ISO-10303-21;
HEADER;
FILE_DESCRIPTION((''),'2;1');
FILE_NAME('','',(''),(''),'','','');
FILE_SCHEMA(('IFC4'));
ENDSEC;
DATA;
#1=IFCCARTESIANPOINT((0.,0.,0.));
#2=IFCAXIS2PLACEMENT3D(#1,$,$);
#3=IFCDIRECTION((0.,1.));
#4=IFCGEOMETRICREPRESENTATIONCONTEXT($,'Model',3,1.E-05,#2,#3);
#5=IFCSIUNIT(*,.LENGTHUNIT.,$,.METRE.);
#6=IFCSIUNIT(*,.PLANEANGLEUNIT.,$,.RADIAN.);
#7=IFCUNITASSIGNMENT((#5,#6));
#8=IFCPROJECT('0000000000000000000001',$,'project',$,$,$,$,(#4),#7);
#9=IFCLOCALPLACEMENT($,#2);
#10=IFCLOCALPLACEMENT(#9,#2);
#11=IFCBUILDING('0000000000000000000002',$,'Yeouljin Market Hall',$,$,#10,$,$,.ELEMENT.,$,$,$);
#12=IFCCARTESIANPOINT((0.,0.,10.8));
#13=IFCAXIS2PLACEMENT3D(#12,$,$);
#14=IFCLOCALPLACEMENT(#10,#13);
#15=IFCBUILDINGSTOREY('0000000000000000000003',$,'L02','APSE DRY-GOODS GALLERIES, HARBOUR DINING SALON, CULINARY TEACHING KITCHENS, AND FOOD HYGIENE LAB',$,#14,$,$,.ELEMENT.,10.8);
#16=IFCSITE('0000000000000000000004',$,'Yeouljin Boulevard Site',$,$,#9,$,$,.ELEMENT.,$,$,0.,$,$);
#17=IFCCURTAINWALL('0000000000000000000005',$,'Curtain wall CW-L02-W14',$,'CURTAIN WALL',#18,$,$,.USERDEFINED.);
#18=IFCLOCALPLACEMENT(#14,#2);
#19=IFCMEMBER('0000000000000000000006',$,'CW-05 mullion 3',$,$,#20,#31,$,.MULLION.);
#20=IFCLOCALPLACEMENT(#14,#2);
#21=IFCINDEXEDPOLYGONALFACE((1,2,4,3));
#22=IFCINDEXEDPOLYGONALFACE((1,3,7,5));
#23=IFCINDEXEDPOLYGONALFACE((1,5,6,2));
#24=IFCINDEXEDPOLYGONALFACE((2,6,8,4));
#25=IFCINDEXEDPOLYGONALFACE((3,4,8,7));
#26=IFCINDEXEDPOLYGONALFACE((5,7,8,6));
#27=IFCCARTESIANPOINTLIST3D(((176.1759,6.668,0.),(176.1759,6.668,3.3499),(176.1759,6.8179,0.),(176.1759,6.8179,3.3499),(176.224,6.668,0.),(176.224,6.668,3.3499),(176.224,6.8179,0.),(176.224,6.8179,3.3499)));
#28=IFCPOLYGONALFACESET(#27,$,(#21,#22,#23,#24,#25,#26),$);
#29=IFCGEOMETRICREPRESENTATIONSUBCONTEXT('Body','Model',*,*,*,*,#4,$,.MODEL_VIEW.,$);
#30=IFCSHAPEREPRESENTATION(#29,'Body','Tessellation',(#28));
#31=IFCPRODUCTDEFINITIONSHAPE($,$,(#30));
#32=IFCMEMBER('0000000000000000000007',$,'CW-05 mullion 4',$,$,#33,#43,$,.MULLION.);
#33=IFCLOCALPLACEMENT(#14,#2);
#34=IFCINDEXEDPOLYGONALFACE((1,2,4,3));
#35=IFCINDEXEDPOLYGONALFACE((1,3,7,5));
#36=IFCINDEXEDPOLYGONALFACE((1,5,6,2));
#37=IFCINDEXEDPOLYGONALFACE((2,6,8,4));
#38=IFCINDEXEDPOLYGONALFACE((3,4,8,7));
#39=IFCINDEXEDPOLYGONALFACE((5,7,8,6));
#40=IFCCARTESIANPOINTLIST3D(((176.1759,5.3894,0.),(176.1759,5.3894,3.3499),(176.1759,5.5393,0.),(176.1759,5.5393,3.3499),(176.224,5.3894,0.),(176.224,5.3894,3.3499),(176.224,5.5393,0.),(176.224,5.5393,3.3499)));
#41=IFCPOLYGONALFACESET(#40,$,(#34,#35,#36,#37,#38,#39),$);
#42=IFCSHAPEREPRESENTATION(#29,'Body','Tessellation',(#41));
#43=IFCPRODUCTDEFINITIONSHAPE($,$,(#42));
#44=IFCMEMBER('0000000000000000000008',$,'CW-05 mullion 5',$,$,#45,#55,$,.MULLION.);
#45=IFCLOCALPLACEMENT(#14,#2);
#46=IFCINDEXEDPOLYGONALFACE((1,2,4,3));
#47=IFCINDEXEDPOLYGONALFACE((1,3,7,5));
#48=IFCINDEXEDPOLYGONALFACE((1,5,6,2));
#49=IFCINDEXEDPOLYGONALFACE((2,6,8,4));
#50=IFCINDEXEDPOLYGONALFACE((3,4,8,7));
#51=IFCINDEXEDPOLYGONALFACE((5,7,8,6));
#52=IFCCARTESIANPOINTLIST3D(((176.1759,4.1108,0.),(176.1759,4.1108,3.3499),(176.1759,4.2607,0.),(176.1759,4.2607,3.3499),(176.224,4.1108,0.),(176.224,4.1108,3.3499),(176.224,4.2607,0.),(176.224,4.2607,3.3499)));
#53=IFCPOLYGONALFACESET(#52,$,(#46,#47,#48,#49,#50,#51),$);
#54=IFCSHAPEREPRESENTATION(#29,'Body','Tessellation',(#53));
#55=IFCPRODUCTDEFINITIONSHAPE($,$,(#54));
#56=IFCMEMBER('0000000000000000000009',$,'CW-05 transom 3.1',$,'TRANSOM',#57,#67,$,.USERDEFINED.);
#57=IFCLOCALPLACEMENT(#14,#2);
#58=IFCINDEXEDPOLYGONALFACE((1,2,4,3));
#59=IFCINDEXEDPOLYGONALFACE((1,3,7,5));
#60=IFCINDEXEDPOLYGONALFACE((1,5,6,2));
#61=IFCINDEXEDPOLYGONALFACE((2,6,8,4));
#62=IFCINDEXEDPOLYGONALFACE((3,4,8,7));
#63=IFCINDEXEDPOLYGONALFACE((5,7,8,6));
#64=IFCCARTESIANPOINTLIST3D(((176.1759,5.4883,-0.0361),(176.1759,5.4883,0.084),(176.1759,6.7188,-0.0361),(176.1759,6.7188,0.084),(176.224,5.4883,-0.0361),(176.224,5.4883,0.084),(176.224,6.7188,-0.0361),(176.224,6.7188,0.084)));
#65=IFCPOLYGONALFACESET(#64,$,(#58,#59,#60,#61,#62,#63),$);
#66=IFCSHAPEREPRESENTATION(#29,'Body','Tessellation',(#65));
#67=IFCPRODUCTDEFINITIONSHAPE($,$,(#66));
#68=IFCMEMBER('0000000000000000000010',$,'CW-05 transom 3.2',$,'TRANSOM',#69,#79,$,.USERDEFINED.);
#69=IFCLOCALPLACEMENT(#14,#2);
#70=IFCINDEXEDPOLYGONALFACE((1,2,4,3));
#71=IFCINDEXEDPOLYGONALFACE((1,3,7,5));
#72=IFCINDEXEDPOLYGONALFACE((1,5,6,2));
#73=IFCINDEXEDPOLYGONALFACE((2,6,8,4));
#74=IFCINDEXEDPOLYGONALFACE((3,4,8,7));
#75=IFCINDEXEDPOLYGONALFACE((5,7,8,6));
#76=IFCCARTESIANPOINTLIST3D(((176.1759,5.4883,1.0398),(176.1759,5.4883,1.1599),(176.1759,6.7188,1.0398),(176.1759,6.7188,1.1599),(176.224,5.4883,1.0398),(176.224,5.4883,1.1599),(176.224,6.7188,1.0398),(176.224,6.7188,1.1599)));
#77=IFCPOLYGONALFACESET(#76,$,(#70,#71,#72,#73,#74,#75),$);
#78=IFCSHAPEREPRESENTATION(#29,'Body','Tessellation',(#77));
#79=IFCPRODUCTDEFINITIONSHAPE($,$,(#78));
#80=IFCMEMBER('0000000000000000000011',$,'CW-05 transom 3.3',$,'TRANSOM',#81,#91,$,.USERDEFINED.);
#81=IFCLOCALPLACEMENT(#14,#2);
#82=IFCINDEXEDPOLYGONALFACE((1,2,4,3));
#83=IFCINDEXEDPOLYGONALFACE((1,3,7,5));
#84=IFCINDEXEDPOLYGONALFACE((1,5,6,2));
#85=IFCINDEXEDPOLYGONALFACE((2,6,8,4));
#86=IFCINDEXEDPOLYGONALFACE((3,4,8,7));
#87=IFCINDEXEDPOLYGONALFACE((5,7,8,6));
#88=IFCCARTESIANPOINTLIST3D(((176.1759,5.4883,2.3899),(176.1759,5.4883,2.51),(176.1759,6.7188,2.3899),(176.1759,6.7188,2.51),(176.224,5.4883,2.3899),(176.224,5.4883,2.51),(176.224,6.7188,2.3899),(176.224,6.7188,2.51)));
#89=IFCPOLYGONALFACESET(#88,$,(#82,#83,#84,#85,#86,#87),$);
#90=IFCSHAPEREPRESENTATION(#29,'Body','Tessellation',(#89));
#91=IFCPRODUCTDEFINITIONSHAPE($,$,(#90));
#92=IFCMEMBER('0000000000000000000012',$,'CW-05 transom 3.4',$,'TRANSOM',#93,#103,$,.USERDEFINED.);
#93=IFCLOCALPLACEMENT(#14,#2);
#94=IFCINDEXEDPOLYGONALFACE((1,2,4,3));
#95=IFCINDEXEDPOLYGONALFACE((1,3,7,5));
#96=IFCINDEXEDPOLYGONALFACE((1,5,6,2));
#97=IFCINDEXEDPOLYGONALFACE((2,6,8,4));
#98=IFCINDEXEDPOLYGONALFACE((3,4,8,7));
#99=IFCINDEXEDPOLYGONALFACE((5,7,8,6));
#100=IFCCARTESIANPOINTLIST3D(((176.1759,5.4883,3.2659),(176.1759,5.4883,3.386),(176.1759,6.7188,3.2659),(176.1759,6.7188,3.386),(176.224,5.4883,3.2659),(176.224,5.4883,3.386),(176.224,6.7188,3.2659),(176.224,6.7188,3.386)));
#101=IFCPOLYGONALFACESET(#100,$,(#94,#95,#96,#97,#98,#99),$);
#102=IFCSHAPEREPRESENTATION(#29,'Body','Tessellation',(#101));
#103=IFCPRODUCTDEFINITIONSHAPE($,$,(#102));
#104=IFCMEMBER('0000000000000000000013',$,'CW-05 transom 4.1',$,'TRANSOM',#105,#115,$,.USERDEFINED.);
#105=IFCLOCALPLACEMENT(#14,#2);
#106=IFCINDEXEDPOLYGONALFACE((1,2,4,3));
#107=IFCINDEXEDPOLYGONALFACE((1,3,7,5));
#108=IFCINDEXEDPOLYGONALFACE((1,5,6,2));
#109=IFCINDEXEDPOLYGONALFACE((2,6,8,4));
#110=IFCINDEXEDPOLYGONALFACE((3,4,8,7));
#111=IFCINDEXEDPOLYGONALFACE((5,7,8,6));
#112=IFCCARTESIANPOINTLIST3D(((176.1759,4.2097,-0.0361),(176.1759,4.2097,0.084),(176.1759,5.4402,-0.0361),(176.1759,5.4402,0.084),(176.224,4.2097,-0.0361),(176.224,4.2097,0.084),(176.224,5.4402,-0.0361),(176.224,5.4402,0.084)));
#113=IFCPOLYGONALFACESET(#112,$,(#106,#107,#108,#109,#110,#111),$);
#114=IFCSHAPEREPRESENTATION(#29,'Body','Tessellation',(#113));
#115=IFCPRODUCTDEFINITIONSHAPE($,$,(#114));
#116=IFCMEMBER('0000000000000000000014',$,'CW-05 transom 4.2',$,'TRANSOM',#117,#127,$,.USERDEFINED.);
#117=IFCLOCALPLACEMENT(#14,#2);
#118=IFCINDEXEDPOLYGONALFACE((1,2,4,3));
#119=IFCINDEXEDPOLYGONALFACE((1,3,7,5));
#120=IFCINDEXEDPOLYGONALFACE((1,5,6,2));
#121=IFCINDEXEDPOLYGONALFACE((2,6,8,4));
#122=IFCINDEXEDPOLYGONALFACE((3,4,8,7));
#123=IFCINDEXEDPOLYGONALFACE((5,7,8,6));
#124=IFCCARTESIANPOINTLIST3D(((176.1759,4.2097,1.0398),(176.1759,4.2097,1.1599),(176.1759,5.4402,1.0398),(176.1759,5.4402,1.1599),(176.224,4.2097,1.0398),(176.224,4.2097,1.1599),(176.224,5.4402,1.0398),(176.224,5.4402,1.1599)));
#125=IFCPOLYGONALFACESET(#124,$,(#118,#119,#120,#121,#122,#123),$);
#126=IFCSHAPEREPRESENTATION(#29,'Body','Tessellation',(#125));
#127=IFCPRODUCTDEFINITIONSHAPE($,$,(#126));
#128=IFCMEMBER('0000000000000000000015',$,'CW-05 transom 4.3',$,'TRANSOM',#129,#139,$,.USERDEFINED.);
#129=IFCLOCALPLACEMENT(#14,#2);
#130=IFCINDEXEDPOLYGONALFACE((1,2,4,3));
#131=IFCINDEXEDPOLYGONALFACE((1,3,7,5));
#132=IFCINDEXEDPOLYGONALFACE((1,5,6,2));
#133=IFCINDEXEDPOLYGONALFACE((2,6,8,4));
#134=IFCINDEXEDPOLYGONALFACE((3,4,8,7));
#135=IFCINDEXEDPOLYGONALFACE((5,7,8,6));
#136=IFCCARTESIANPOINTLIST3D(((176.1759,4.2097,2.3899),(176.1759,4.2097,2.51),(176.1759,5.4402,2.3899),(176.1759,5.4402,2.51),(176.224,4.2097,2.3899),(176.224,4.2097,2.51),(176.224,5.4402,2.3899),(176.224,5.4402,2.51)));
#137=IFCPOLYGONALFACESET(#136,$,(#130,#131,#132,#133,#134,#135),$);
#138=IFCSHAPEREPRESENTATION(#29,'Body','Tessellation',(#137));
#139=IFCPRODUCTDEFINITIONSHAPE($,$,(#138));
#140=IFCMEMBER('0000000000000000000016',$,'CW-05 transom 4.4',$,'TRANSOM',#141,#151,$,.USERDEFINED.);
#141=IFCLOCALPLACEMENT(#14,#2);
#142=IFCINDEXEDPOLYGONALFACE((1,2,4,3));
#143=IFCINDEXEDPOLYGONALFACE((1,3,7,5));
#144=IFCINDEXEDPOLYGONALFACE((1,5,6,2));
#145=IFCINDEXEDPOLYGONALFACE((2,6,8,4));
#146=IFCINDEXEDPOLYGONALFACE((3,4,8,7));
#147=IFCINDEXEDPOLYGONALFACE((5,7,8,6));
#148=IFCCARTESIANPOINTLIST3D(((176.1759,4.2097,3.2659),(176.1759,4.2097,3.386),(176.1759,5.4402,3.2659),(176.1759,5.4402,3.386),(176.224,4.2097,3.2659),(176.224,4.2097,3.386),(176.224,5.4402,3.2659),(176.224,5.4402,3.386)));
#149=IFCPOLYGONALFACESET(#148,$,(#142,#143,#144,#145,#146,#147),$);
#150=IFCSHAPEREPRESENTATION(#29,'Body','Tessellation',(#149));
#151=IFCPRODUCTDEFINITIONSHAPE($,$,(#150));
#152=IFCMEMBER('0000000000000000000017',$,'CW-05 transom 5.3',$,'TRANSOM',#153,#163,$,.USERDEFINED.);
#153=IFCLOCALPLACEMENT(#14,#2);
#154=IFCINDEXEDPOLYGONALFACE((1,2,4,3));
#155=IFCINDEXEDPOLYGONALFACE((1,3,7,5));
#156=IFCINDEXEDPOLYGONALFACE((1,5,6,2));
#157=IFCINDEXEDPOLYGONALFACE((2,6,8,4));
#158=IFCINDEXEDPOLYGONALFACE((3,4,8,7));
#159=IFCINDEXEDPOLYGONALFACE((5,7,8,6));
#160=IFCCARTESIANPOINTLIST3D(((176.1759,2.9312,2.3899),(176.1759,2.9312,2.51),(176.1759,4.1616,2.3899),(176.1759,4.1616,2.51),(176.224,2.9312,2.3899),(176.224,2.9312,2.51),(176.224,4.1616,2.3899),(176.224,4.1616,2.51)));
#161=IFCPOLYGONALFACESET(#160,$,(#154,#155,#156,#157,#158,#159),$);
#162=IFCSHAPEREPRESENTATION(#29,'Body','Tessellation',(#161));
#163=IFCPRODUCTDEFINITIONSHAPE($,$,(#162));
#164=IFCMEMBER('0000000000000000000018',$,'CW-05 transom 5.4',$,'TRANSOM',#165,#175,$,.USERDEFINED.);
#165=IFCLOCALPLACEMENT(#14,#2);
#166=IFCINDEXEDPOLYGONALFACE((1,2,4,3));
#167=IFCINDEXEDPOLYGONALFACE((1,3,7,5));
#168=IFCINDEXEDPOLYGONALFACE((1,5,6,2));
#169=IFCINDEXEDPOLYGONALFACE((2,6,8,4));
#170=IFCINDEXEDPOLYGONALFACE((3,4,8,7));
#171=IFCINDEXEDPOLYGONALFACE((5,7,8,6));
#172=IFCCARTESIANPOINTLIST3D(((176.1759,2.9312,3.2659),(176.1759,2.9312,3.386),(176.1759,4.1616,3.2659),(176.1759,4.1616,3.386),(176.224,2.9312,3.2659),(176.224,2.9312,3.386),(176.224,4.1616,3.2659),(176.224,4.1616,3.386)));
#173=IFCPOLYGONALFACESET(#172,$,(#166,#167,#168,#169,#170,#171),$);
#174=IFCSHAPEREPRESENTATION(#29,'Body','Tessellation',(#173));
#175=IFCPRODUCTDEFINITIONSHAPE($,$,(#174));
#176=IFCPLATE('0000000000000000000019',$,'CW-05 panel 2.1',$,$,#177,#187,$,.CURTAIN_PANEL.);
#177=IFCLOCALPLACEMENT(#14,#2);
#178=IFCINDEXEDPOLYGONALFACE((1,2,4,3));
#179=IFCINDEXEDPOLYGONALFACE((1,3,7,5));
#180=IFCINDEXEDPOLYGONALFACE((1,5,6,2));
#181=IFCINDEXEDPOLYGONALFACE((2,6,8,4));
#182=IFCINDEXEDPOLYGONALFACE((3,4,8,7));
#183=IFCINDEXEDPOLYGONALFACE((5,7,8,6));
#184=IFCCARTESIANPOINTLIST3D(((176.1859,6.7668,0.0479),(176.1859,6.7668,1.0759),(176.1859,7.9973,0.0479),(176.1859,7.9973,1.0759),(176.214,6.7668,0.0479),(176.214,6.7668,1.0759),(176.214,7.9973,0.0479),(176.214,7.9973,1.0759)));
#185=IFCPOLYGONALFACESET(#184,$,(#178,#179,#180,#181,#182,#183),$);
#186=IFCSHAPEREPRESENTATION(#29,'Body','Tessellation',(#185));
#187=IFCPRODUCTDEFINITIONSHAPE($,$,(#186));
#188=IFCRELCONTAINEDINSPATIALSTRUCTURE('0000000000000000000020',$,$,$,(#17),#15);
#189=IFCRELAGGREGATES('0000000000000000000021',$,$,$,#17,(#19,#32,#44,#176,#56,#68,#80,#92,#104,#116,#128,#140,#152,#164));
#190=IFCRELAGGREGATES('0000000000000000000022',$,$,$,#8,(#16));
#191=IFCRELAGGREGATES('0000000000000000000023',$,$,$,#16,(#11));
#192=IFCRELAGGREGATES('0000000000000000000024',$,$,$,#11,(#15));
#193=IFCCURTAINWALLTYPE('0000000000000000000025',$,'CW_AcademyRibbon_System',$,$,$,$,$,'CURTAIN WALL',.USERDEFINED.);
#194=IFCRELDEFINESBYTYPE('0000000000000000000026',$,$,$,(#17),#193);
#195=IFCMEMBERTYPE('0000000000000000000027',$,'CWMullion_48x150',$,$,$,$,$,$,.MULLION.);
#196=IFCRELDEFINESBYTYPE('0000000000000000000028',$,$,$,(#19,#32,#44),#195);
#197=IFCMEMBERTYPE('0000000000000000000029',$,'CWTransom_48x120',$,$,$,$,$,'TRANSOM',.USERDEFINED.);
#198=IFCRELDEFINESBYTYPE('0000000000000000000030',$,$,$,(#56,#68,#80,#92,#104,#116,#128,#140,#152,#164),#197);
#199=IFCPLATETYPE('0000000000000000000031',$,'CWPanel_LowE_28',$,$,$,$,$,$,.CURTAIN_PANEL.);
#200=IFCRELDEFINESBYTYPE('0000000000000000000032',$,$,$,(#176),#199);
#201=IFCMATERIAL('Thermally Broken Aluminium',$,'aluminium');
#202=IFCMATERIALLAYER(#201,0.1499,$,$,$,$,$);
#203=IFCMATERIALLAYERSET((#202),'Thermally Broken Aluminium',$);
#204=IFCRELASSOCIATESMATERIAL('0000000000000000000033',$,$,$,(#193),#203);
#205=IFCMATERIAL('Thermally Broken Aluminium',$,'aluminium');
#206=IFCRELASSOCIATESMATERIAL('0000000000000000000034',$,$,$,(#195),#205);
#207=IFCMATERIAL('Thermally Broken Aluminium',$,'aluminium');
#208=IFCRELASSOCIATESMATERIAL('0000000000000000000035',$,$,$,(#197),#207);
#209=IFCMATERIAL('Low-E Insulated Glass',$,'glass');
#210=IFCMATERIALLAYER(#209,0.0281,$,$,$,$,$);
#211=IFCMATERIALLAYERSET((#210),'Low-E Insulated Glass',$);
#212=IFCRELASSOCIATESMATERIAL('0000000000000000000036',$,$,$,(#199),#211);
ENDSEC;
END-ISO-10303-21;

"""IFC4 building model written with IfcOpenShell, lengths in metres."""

from ifc_helpers import new_model, si_unit, direction, frame, origin, origin_2d, place, context, subcontext, project, spatial, rectangle, extrude, material, layer, layer_set, material_profile, profile_set, type_object, element, aggregate, save


model = new_model("IFC4")

# Units and contexts
model_context = context("Model", 3, precision=1e-05, world=origin(), true_north=direction((0.0, 1.0)))
body_context = subcontext(model_context, "Body", "Model", "MODEL_VIEW")
ifc_project = project(units=[si_unit("LENGTHUNIT", "METRE"), si_unit("PLANEANGLEUNIT", "RADIAN")], contexts=[model_context])

# Site, building, storey
site_placement = place(None, origin())
site = spatial("IfcSite", under=ifc_project, at=site_placement, Name="Yeouljin Boulevard Site", CompositionType="ELEMENT", RefElevation=0.0)
building_placement = place(site_placement, origin())
building = spatial("IfcBuilding", under=site, at=building_placement, Name="Yeouljin Market Hall", CompositionType="ELEMENT")
storey_placement = place(building_placement, frame((0.0, 0.0, 10.8)))
storey = spatial("IfcBuildingStorey", under=building, at=storey_placement, Name="L02", Description="APSE DRY-GOODS GALLERIES, HARBOUR DINING SALON, CULINARY TEACHING KITCHENS, AND FOOD HYGIENE LAB", CompositionType="ELEMENT", Elevation=10.8)

# Curtain wall, members, plate
ifc_material_1 = material(Name="Thermally Broken Aluminium", Category="aluminium")
ifc_layer_1 = layer(ifc_material_1, 0.1499)
ifc_layer_set_1 = layer_set([ifc_layer_1], Name="Thermally Broken Aluminium")
curtain_wall_type = type_object("IfcCurtainWallType", Name="CW_AcademyRibbon_System", ElementType="CURTAIN WALL", PredefinedType="USERDEFINED", material=ifc_layer_set_1)
curtain_wall_placement = place(storey_placement, origin())
curtain_wall = element("IfcCurtainWall", 1, at=curtain_wall_placement, inside=storey, type_object=curtain_wall_type, Name="Curtain wall CW-L02-W14", ObjectType="CURTAIN WALL", PredefinedType="USERDEFINED")
ifc_material_2 = material(Name="Thermally Broken Aluminium", Category="aluminium")
ifc_material_profile_1 = material_profile(ifc_material_2, rectangle(XDim=0.0481, YDim=0.1499, at=origin_2d()), Name="CW-MULL-48x150")
ifc_profile_set_1 = profile_set([ifc_material_profile_1], Name="Thermally Broken Aluminium")
member_type_1 = type_object("IfcMemberType", Name="CWMullion_48x150", PredefinedType="MULLION", material=ifc_profile_set_1)
member_1_placement = place(storey_placement, frame((176.2, 6.7429, 0.0), z_axis=(0.0, 0.0, 1.0), x_axis=(1.0, 0.0, 0.0)))
member_1 = element("IfcMember", 2, at=member_1_placement, type_object=member_type_1, Name="CW-05 mullion 3", PredefinedType="MULLION", context=body_context, shape_type="SweptSolid", body=[
    extrude(rectangle(XDim=0.0481, YDim=0.1499, at=origin_2d()), origin(), (0.0, 0.0, 1.0), 3.3499),
])
member_2_placement = place(storey_placement, frame((176.2, 5.4644, 0.0), z_axis=(0.0, 0.0, 1.0), x_axis=(1.0, 0.0, 0.0)))
member_2 = element("IfcMember", 3, at=member_2_placement, type_object=member_type_1, Name="CW-05 mullion 4", PredefinedType="MULLION", context=body_context, shape_type="SweptSolid", body=[
    extrude(rectangle(XDim=0.0481, YDim=0.1499, at=origin_2d()), origin(), (0.0, 0.0, 1.0), 3.3499),
])
member_3_placement = place(storey_placement, frame((176.2, 4.1858, 0.0), z_axis=(0.0, 0.0, 1.0), x_axis=(1.0, 0.0, 0.0)))
member_3 = element("IfcMember", 4, at=member_3_placement, type_object=member_type_1, Name="CW-05 mullion 5", PredefinedType="MULLION", context=body_context, shape_type="SweptSolid", body=[
    extrude(rectangle(XDim=0.0481, YDim=0.1499, at=origin_2d()), origin(), (0.0, 0.0, 1.0), 3.3499),
])
ifc_material_3 = material(Name="Thermally Broken Aluminium", Category="aluminium")
ifc_material_profile_2 = material_profile(ifc_material_3, rectangle(XDim=0.0481, YDim=0.1201, at=origin_2d()), Name="CW-TRAN-48x120")
ifc_profile_set_2 = profile_set([ifc_material_profile_2], Name="Thermally Broken Aluminium")
member_type_2 = type_object("IfcMemberType", Name="CWTransom_48x120", ElementType="TRANSOM", PredefinedType="USERDEFINED", material=ifc_profile_set_2)
member_4_placement = place(storey_placement, frame((176.2, 6.7188, 0.0239), z_axis=(0.0, -1.0, 0.0), x_axis=(1.0, 0.0, 0.0)))
member_4 = element("IfcMember", 5, at=member_4_placement, type_object=member_type_2, Name="CW-05 transom 3.1", ObjectType="TRANSOM", PredefinedType="USERDEFINED", context=body_context, shape_type="SweptSolid", body=[
    extrude(rectangle(XDim=0.0481, YDim=0.1201, at=origin_2d()), origin(), (0.0, 0.0, 1.0), 1.2305),
])
member_5_placement = place(storey_placement, frame((176.2, 6.7188, 1.0999), z_axis=(0.0, -1.0, 0.0), x_axis=(1.0, 0.0, 0.0)))
member_5 = element("IfcMember", 6, at=member_5_placement, type_object=member_type_2, Name="CW-05 transom 3.2", ObjectType="TRANSOM", PredefinedType="USERDEFINED", context=body_context, shape_type="SweptSolid", body=[
    extrude(rectangle(XDim=0.0481, YDim=0.1201, at=origin_2d()), origin(), (0.0, 0.0, 1.0), 1.2305),
])
member_6_placement = place(storey_placement, frame((176.2, 6.7188, 2.45), z_axis=(0.0, -1.0, 0.0), x_axis=(1.0, 0.0, 0.0)))
member_6 = element("IfcMember", 7, at=member_6_placement, type_object=member_type_2, Name="CW-05 transom 3.3", ObjectType="TRANSOM", PredefinedType="USERDEFINED", context=body_context, shape_type="SweptSolid", body=[
    extrude(rectangle(XDim=0.0481, YDim=0.1201, at=origin_2d()), origin(), (0.0, 0.0, 1.0), 1.2305),
])
member_7_placement = place(storey_placement, frame((176.2, 6.7188, 3.3259), z_axis=(0.0, -1.0, 0.0), x_axis=(1.0, 0.0, 0.0)))
member_7 = element("IfcMember", 8, at=member_7_placement, type_object=member_type_2, Name="CW-05 transom 3.4", ObjectType="TRANSOM", PredefinedType="USERDEFINED", context=body_context, shape_type="SweptSolid", body=[
    extrude(rectangle(XDim=0.0481, YDim=0.1201, at=origin_2d()), origin(), (0.0, 0.0, 1.0), 1.2305),
])
member_8_placement = place(storey_placement, frame((176.2, 5.4402, 0.0239), z_axis=(0.0, -1.0, 0.0), x_axis=(1.0, 0.0, 0.0)))
member_8 = element("IfcMember", 9, at=member_8_placement, type_object=member_type_2, Name="CW-05 transom 4.1", ObjectType="TRANSOM", PredefinedType="USERDEFINED", context=body_context, shape_type="SweptSolid", body=[
    extrude(rectangle(XDim=0.0481, YDim=0.1201, at=origin_2d()), origin(), (0.0, 0.0, 1.0), 1.2305),
])
member_9_placement = place(storey_placement, frame((176.2, 5.4402, 1.0999), z_axis=(0.0, -1.0, 0.0), x_axis=(1.0, 0.0, 0.0)))
member_9 = element("IfcMember", 10, at=member_9_placement, type_object=member_type_2, Name="CW-05 transom 4.2", ObjectType="TRANSOM", PredefinedType="USERDEFINED", context=body_context, shape_type="SweptSolid", body=[
    extrude(rectangle(XDim=0.0481, YDim=0.1201, at=origin_2d()), origin(), (0.0, 0.0, 1.0), 1.2305),
])
member_10_placement = place(storey_placement, frame((176.2, 5.4402, 2.45), z_axis=(0.0, -1.0, 0.0), x_axis=(1.0, 0.0, 0.0)))
member_10 = element("IfcMember", 11, at=member_10_placement, type_object=member_type_2, Name="CW-05 transom 4.3", ObjectType="TRANSOM", PredefinedType="USERDEFINED", context=body_context, shape_type="SweptSolid", body=[
    extrude(rectangle(XDim=0.0481, YDim=0.1201, at=origin_2d()), origin(), (0.0, 0.0, 1.0), 1.2305),
])
member_11_placement = place(storey_placement, frame((176.2, 5.4402, 3.3259), z_axis=(0.0, -1.0, 0.0), x_axis=(1.0, 0.0, 0.0)))
member_11 = element("IfcMember", 12, at=member_11_placement, type_object=member_type_2, Name="CW-05 transom 4.4", ObjectType="TRANSOM", PredefinedType="USERDEFINED", context=body_context, shape_type="SweptSolid", body=[
    extrude(rectangle(XDim=0.0481, YDim=0.1201, at=origin_2d()), origin(), (0.0, 0.0, 1.0), 1.2305),
])
member_12_placement = place(storey_placement, frame((176.2, 4.1616, 2.45), z_axis=(0.0, -1.0, 0.0), x_axis=(1.0, 0.0, 0.0)))
member_12 = element("IfcMember", 13, at=member_12_placement, type_object=member_type_2, Name="CW-05 transom 5.3", ObjectType="TRANSOM", PredefinedType="USERDEFINED", context=body_context, shape_type="SweptSolid", body=[
    extrude(rectangle(XDim=0.0481, YDim=0.1201, at=origin_2d()), origin(), (0.0, 0.0, 1.0), 1.2305),
])
member_13_placement = place(storey_placement, frame((176.2, 4.1616, 3.3259), z_axis=(0.0, -1.0, 0.0), x_axis=(1.0, 0.0, 0.0)))
member_13 = element("IfcMember", 14, at=member_13_placement, type_object=member_type_2, Name="CW-05 transom 5.4", ObjectType="TRANSOM", PredefinedType="USERDEFINED", context=body_context, shape_type="SweptSolid", body=[
    extrude(rectangle(XDim=0.0481, YDim=0.1201, at=origin_2d()), origin(), (0.0, 0.0, 1.0), 1.2305),
])
ifc_material_4 = material(Name="Low-E Insulated Glass", Category="glass")
ifc_layer_2 = layer(ifc_material_4, 0.0281)
ifc_layer_set_2 = layer_set([ifc_layer_2], Name="Low-E Insulated Glass")
plate_type = type_object("IfcPlateType", Name="CWPanel_LowE_28", PredefinedType="CURTAIN_PANEL", material=ifc_layer_set_2)
plate_1_placement = place(storey_placement, frame((176.2, 7.3821, 0.0479), z_axis=(0.0, 0.0, 1.0), x_axis=(0.0, -1.0, 0.0)))
plate_1 = element("IfcPlate", 15, at=plate_1_placement, type_object=plate_type, Name="CW-05 panel 2.1", PredefinedType="CURTAIN_PANEL", context=body_context, shape_type="SweptSolid", body=[
    extrude(rectangle(XDim=1.2305, YDim=0.0281, at=origin_2d()), origin(), (0.0, 0.0, 1.0), 1.0281),
])
aggregate(curtain_wall, [member_1, member_2, member_3, plate_1, member_4, member_5, member_6, member_7, member_8, member_9, member_10, member_11, member_12, member_13])

save(model, "model.ifc")
